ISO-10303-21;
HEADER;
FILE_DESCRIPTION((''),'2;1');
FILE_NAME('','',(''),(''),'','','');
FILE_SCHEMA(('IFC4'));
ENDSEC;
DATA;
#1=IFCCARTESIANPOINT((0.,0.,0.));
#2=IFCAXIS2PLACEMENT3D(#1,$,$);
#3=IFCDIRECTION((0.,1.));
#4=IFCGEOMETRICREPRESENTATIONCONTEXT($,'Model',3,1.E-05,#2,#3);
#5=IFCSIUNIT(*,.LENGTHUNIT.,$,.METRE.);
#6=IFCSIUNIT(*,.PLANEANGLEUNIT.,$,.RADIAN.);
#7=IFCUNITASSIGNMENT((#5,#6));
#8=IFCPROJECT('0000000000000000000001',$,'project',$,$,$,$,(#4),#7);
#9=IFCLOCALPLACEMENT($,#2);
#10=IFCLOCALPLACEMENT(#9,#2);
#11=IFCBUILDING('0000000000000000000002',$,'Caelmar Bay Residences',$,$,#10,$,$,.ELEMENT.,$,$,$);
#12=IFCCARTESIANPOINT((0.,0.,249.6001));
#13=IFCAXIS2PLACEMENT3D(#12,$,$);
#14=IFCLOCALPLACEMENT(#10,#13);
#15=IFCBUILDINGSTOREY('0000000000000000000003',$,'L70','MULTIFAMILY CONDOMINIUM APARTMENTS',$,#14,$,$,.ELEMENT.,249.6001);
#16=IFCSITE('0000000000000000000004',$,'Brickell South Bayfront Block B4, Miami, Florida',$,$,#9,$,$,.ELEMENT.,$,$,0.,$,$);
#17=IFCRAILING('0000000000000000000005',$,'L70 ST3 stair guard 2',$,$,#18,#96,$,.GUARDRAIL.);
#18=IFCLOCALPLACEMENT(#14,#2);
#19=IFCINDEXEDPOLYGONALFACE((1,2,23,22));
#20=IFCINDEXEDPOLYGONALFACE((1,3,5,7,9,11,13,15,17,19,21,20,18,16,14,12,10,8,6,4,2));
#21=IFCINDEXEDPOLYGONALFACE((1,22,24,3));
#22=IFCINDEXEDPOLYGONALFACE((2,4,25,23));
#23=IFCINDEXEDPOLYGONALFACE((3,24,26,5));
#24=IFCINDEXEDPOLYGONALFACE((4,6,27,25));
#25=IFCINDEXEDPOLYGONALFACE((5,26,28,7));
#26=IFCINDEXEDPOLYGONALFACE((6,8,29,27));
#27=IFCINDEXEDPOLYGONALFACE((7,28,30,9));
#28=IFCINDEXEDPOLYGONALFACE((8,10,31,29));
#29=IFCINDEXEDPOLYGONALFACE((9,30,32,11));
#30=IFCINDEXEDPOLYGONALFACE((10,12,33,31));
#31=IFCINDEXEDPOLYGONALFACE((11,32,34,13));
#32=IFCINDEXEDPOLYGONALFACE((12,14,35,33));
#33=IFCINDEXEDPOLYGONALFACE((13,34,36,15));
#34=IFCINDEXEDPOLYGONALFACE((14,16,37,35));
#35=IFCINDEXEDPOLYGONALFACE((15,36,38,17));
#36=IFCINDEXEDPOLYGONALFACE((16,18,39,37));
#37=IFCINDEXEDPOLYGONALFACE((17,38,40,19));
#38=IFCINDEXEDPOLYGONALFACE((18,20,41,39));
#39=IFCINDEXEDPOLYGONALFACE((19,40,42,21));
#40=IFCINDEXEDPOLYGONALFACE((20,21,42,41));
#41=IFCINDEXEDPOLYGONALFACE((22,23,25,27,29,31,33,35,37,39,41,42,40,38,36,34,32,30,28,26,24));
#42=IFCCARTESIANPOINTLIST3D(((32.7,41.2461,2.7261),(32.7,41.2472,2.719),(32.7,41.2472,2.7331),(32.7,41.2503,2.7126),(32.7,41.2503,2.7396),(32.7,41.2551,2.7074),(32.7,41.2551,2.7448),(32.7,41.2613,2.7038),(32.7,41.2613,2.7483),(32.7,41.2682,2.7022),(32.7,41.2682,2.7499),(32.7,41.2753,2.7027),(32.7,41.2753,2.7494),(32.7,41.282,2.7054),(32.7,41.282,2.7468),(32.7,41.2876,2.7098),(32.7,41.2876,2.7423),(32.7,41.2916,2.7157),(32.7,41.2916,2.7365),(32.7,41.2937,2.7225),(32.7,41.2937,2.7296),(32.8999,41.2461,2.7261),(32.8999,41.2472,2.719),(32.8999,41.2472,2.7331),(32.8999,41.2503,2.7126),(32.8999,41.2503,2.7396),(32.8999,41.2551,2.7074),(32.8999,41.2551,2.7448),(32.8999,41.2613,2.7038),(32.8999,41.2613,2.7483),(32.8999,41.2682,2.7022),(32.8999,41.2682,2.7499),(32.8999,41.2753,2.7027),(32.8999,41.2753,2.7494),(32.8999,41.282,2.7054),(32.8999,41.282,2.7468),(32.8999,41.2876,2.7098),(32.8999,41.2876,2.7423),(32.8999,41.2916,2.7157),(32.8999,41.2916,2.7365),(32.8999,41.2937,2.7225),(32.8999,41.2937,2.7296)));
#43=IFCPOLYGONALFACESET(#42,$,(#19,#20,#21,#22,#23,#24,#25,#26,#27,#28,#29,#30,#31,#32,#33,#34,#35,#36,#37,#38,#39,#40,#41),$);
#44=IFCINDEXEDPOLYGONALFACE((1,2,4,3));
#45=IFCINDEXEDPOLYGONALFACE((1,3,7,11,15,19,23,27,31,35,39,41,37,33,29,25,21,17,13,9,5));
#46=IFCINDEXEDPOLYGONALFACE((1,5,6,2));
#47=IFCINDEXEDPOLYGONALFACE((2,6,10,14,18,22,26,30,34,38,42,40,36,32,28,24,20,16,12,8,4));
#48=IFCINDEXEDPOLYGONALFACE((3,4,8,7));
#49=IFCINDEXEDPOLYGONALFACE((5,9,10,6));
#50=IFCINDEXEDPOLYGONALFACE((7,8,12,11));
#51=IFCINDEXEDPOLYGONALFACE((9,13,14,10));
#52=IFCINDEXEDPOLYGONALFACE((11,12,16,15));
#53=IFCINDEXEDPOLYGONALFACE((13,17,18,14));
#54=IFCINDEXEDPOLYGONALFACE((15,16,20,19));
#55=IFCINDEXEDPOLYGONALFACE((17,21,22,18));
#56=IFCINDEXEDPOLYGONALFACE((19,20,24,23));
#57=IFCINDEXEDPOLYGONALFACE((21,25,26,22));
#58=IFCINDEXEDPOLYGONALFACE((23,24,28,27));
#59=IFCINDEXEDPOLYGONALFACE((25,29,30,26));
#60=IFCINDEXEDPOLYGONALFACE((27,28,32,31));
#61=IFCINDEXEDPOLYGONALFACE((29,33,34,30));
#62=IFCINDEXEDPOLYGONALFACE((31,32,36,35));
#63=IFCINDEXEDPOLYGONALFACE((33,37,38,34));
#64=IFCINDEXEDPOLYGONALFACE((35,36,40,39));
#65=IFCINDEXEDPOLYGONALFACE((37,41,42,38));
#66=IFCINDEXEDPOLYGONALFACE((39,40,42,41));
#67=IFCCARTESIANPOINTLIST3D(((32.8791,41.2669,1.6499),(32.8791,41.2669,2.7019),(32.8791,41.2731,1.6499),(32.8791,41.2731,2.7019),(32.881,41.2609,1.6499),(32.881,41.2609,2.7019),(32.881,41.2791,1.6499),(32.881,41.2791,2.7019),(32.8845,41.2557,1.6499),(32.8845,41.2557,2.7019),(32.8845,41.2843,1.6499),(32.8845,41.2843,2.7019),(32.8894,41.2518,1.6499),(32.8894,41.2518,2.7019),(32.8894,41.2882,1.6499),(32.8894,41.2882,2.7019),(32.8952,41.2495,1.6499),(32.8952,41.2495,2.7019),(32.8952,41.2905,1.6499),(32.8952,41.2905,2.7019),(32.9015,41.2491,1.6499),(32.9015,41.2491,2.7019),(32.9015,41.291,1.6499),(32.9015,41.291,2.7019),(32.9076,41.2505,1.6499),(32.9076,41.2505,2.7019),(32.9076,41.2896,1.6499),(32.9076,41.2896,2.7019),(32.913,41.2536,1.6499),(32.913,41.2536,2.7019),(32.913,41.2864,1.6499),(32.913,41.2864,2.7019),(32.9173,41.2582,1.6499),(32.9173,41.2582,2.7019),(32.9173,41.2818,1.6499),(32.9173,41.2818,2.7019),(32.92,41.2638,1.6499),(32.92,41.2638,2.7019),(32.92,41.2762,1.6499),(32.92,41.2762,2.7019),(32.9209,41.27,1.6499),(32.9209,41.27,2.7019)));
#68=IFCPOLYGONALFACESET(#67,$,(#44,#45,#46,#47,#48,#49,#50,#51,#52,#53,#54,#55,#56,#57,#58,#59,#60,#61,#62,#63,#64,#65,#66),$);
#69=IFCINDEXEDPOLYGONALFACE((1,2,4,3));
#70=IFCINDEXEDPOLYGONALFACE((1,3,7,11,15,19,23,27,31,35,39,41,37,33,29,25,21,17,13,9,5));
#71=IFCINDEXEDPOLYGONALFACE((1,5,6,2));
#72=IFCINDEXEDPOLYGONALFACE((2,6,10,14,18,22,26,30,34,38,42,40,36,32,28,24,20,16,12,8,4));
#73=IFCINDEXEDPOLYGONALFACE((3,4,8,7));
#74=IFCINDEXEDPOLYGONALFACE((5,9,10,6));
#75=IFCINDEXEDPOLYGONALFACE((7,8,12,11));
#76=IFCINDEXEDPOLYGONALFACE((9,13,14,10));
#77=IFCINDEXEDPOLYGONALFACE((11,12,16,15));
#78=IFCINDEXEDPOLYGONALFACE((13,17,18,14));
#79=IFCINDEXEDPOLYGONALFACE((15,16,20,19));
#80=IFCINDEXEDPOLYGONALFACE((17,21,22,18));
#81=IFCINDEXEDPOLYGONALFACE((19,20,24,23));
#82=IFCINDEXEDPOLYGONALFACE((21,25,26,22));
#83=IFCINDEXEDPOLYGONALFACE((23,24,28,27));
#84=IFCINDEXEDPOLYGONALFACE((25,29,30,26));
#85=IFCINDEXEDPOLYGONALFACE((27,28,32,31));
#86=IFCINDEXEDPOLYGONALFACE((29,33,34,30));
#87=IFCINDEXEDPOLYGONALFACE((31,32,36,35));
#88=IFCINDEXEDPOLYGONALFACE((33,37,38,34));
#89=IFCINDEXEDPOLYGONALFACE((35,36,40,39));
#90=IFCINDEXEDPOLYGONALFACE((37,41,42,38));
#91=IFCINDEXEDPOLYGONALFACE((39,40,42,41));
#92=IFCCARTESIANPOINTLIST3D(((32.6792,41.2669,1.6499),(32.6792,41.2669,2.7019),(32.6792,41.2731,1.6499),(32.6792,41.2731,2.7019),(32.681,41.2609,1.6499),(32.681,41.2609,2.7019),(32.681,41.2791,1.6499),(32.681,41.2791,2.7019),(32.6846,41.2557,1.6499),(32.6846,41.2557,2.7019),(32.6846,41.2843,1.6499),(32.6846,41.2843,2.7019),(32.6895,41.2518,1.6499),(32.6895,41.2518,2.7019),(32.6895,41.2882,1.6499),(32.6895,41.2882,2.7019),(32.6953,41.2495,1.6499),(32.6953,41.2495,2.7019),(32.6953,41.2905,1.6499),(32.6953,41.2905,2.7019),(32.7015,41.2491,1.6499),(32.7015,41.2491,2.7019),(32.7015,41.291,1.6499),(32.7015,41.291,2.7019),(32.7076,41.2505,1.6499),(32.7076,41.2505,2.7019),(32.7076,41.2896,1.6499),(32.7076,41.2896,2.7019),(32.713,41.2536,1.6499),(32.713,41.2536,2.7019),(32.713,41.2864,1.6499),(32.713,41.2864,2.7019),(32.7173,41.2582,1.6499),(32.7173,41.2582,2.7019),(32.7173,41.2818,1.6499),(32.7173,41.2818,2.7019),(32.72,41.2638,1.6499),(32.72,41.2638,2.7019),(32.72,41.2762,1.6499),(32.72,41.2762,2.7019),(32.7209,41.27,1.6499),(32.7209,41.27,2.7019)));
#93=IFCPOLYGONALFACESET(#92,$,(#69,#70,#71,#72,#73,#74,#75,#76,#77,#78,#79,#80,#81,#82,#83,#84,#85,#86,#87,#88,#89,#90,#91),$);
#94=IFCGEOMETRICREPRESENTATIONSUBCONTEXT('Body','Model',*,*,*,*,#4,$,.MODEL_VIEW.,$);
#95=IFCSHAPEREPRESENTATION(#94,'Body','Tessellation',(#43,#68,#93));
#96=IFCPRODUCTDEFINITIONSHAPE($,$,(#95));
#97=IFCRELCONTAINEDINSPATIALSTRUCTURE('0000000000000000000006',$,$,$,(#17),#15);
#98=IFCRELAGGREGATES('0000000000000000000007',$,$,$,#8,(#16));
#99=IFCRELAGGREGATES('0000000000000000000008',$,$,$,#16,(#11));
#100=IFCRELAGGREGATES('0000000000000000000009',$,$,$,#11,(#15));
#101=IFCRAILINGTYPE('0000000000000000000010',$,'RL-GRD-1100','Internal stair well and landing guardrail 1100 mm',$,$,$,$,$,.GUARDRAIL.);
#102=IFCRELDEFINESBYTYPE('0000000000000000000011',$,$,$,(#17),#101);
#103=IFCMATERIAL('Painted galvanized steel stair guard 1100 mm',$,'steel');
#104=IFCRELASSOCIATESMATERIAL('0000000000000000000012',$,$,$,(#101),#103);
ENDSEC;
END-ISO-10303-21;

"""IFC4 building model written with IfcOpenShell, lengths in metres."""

from ifc_helpers import new_model, si_unit, direction, frame, origin, origin_2d, place, context, subcontext, project, spatial, circle, extrude, material, type_object, element, save


model = new_model("IFC4")

# Units and contexts
model_context = context("Model", 3, precision=1e-05, world=origin(), true_north=direction((0.0, 1.0)))
body_context = subcontext(model_context, "Body", "Model", "MODEL_VIEW")
ifc_project = project(units=[si_unit("LENGTHUNIT", "METRE"), si_unit("PLANEANGLEUNIT", "RADIAN")], contexts=[model_context])

# Site, building, storey
site_placement = place(None, origin())
site = spatial("IfcSite", under=ifc_project, at=site_placement, Name="Brickell South Bayfront Block B4, Miami, Florida", CompositionType="ELEMENT", RefElevation=0.0)
building_placement = place(site_placement, origin())
building = spatial("IfcBuilding", under=site, at=building_placement, Name="Caelmar Bay Residences", CompositionType="ELEMENT")
storey_placement = place(building_placement, frame((0.0, 0.0, 249.6001)))
storey = spatial("IfcBuildingStorey", under=building, at=storey_placement, Name="L70", Description="MULTIFAMILY CONDOMINIUM APARTMENTS", CompositionType="ELEMENT", Elevation=249.6001)

# Railing
ifc_material_1 = material(Name="Painted galvanized steel stair guard 1100 mm", Category="steel")
railing_type_1 = type_object("IfcRailingType", Name="RL-GRD-1100", Description="Internal stair well and landing guardrail 1100 mm", PredefinedType="GUARDRAIL", material=ifc_material_1)
railing_1_placement = place(storey_placement, frame((32.8999, 41.27, 1.6499)))
element("IfcRailing", 1, at=railing_1_placement, inside=storey, type_object=railing_type_1, Name="L70 ST3 stair guard 2", PredefinedType="GUARDRAIL", context=body_context, shape_type="SweptSolid", body=[
    extrude(circle(Radius=0.0239, at=origin_2d()), frame((0.0, 0.0, 1.0762), z_axis=(-1.0, 0.0, 0.0), x_axis=(0.0, -1.0, 0.0)), (0.0, 0.0, 1.0), 0.2),
    extrude(circle(Radius=0.021, at=origin_2d()), origin(), (0.0, 0.0, 1.0), 1.052),
    extrude(circle(Radius=0.021, at=origin_2d()), frame((-0.2, 0.0, 0.0)), (0.0, 0.0, 1.0), 1.052),
])

save(model, "model.ifc")
